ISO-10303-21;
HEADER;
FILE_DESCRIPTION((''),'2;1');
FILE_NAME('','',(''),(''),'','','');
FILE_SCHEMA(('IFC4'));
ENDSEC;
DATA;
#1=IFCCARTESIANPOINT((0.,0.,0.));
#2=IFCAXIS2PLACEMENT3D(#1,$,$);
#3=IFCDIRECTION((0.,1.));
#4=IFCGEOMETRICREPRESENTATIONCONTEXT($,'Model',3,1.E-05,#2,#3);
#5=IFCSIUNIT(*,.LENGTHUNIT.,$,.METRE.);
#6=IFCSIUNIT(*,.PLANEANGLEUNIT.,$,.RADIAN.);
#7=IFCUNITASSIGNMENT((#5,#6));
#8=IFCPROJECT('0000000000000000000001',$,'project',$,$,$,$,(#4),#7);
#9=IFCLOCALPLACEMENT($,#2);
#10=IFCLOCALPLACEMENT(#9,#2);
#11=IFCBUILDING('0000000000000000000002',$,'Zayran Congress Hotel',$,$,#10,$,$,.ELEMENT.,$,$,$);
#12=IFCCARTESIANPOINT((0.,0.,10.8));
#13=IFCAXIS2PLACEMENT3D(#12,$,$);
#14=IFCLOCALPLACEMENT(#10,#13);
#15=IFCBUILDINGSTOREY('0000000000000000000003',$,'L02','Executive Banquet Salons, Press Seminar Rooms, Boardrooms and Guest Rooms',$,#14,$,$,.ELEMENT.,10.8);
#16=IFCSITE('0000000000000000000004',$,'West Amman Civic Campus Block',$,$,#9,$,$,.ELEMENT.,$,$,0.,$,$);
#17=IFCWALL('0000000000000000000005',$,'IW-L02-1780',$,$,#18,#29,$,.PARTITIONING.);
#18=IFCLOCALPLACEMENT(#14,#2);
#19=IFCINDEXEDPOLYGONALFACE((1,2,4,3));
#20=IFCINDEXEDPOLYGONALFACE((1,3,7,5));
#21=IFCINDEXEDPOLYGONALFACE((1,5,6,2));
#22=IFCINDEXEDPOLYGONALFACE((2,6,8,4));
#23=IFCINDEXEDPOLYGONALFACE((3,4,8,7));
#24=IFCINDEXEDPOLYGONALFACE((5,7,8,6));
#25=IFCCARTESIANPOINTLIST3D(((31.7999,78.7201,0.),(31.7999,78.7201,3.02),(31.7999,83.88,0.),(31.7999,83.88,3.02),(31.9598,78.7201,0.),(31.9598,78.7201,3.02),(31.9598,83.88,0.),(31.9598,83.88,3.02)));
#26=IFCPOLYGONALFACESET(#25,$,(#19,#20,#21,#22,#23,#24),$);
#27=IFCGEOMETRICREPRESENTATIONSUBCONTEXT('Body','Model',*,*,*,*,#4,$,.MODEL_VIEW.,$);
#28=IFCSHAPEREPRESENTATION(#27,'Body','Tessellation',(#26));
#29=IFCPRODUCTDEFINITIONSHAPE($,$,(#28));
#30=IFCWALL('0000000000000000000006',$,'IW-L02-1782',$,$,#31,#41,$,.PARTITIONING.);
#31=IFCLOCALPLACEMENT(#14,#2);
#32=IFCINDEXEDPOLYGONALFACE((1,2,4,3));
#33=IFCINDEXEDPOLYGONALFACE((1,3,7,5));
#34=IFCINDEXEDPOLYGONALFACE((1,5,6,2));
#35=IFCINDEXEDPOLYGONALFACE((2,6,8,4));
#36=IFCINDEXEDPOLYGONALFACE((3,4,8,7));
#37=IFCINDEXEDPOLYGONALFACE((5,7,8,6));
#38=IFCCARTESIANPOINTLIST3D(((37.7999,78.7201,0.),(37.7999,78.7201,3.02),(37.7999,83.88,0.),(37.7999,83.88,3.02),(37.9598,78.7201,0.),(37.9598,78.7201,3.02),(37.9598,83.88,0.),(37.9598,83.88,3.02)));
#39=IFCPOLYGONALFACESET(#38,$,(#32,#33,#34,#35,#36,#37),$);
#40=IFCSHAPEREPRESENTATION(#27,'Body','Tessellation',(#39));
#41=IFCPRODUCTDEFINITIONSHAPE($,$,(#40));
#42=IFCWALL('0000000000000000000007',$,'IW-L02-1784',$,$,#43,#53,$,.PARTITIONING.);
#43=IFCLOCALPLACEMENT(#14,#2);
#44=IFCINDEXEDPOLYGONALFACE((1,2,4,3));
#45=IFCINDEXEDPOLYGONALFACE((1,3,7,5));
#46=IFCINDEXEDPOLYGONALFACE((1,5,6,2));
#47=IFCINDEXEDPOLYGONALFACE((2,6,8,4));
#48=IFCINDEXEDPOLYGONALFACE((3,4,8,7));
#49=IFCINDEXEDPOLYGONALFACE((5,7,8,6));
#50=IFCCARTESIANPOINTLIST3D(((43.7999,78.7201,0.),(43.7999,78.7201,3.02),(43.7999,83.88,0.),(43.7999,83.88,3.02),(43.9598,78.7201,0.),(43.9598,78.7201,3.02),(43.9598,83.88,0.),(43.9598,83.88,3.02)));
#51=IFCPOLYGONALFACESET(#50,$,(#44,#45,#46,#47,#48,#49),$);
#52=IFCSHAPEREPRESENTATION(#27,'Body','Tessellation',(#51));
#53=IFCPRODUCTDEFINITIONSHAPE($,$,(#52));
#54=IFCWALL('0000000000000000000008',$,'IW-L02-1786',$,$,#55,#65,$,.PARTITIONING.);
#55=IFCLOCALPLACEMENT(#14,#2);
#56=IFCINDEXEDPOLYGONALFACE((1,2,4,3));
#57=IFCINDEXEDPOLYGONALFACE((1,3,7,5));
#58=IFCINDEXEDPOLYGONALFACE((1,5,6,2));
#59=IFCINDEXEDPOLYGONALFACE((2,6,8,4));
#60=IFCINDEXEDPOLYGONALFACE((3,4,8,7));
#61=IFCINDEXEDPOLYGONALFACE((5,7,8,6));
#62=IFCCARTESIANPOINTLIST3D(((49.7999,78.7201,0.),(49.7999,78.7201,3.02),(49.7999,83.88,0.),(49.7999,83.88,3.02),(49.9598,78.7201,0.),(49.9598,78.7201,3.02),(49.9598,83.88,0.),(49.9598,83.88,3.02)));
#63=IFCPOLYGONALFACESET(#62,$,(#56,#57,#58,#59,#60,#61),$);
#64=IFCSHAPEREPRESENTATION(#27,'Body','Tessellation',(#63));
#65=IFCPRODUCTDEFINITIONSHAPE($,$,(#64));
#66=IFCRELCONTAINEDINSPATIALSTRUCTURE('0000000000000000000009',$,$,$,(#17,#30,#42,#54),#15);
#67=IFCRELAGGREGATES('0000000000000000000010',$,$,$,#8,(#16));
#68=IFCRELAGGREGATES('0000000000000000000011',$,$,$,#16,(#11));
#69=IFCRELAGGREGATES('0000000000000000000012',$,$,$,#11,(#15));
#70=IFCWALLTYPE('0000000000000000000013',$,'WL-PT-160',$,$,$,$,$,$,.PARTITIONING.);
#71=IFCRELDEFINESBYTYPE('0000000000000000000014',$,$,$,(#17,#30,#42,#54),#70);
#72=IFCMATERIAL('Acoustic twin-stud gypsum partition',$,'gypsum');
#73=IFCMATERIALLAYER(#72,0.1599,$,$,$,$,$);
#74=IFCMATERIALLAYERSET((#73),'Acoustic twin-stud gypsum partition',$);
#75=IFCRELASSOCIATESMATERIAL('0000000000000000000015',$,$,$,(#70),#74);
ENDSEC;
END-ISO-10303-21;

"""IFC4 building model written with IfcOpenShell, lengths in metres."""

from ifc_helpers import new_model, si_unit, direction, frame, frame_2d, origin, place, context, subcontext, project, spatial, rectangle, extrude, material, layer, layer_set, type_object, element, save


model = new_model("IFC4")

# Units and contexts
model_context = context("Model", 3, precision=1e-05, world=origin(), true_north=direction((0.0, 1.0)))
body_context = subcontext(model_context, "Body", "Model", "MODEL_VIEW")
ifc_project = project(units=[si_unit("LENGTHUNIT", "METRE"), si_unit("PLANEANGLEUNIT", "RADIAN")], contexts=[model_context])

# Site, building, storey
site_placement = place(None, origin())
site = spatial("IfcSite", under=ifc_project, at=site_placement, Name="West Amman Civic Campus Block", CompositionType="ELEMENT", RefElevation=0.0)
building_placement = place(site_placement, origin())
building = spatial("IfcBuilding", under=site, at=building_placement, Name="Zayran Congress Hotel", CompositionType="ELEMENT")
storey_placement = place(building_placement, frame((0.0, 0.0, 10.8)))
storey = spatial("IfcBuildingStorey", under=building, at=storey_placement, Name="L02", Description="Executive Banquet Salons, Press Seminar Rooms, Boardrooms and Guest Rooms", CompositionType="ELEMENT", Elevation=10.8)

# Shared definitions
ifc_material_1 = material(Name="Acoustic twin-stud gypsum partition", Category="gypsum")
ifc_layer = layer(ifc_material_1, 0.1599)
ifc_layer_set = layer_set([ifc_layer], Name="Acoustic twin-stud gypsum partition")
wall_type = type_object("IfcWallType", Name="WL-PT-160", PredefinedType="PARTITIONING", material=ifc_layer_set)

# Walls
for number, where, z_axis, x_axis, name in (
    (1, (31.8799, 78.72, 0.0), (0.0, 0.0, 1.0), (0.0, 1.0, 0.0), "IW-L02-1780"),
    (2, (37.8799, 78.72, 0.0), (0.0, 0.0, 1.0), (0.0, 1.0, 0.0), "IW-L02-1782"),
    (3, (43.8799, 78.72, 0.0), (0.0, 0.0, 1.0), (0.0, 1.0, 0.0), "IW-L02-1784"),
    (4, (49.8799, 78.72, 0.0), (0.0, 0.0, 1.0), (0.0, 1.0, 0.0), "IW-L02-1786"),
):
    element("IfcWall", number, at=place(storey_placement, frame(where, z_axis=z_axis, x_axis=x_axis)), inside=storey, type_object=wall_type, Name=name, PredefinedType="PARTITIONING", context=body_context, shape_type="SweptSolid", body=[
        extrude(rectangle(XDim=5.1599, YDim=0.1599, at=frame_2d((2.5801, 0.0))), origin(), (0.0, 0.0, 1.0), 3.02),
    ])

save(model, "model.ifc")
